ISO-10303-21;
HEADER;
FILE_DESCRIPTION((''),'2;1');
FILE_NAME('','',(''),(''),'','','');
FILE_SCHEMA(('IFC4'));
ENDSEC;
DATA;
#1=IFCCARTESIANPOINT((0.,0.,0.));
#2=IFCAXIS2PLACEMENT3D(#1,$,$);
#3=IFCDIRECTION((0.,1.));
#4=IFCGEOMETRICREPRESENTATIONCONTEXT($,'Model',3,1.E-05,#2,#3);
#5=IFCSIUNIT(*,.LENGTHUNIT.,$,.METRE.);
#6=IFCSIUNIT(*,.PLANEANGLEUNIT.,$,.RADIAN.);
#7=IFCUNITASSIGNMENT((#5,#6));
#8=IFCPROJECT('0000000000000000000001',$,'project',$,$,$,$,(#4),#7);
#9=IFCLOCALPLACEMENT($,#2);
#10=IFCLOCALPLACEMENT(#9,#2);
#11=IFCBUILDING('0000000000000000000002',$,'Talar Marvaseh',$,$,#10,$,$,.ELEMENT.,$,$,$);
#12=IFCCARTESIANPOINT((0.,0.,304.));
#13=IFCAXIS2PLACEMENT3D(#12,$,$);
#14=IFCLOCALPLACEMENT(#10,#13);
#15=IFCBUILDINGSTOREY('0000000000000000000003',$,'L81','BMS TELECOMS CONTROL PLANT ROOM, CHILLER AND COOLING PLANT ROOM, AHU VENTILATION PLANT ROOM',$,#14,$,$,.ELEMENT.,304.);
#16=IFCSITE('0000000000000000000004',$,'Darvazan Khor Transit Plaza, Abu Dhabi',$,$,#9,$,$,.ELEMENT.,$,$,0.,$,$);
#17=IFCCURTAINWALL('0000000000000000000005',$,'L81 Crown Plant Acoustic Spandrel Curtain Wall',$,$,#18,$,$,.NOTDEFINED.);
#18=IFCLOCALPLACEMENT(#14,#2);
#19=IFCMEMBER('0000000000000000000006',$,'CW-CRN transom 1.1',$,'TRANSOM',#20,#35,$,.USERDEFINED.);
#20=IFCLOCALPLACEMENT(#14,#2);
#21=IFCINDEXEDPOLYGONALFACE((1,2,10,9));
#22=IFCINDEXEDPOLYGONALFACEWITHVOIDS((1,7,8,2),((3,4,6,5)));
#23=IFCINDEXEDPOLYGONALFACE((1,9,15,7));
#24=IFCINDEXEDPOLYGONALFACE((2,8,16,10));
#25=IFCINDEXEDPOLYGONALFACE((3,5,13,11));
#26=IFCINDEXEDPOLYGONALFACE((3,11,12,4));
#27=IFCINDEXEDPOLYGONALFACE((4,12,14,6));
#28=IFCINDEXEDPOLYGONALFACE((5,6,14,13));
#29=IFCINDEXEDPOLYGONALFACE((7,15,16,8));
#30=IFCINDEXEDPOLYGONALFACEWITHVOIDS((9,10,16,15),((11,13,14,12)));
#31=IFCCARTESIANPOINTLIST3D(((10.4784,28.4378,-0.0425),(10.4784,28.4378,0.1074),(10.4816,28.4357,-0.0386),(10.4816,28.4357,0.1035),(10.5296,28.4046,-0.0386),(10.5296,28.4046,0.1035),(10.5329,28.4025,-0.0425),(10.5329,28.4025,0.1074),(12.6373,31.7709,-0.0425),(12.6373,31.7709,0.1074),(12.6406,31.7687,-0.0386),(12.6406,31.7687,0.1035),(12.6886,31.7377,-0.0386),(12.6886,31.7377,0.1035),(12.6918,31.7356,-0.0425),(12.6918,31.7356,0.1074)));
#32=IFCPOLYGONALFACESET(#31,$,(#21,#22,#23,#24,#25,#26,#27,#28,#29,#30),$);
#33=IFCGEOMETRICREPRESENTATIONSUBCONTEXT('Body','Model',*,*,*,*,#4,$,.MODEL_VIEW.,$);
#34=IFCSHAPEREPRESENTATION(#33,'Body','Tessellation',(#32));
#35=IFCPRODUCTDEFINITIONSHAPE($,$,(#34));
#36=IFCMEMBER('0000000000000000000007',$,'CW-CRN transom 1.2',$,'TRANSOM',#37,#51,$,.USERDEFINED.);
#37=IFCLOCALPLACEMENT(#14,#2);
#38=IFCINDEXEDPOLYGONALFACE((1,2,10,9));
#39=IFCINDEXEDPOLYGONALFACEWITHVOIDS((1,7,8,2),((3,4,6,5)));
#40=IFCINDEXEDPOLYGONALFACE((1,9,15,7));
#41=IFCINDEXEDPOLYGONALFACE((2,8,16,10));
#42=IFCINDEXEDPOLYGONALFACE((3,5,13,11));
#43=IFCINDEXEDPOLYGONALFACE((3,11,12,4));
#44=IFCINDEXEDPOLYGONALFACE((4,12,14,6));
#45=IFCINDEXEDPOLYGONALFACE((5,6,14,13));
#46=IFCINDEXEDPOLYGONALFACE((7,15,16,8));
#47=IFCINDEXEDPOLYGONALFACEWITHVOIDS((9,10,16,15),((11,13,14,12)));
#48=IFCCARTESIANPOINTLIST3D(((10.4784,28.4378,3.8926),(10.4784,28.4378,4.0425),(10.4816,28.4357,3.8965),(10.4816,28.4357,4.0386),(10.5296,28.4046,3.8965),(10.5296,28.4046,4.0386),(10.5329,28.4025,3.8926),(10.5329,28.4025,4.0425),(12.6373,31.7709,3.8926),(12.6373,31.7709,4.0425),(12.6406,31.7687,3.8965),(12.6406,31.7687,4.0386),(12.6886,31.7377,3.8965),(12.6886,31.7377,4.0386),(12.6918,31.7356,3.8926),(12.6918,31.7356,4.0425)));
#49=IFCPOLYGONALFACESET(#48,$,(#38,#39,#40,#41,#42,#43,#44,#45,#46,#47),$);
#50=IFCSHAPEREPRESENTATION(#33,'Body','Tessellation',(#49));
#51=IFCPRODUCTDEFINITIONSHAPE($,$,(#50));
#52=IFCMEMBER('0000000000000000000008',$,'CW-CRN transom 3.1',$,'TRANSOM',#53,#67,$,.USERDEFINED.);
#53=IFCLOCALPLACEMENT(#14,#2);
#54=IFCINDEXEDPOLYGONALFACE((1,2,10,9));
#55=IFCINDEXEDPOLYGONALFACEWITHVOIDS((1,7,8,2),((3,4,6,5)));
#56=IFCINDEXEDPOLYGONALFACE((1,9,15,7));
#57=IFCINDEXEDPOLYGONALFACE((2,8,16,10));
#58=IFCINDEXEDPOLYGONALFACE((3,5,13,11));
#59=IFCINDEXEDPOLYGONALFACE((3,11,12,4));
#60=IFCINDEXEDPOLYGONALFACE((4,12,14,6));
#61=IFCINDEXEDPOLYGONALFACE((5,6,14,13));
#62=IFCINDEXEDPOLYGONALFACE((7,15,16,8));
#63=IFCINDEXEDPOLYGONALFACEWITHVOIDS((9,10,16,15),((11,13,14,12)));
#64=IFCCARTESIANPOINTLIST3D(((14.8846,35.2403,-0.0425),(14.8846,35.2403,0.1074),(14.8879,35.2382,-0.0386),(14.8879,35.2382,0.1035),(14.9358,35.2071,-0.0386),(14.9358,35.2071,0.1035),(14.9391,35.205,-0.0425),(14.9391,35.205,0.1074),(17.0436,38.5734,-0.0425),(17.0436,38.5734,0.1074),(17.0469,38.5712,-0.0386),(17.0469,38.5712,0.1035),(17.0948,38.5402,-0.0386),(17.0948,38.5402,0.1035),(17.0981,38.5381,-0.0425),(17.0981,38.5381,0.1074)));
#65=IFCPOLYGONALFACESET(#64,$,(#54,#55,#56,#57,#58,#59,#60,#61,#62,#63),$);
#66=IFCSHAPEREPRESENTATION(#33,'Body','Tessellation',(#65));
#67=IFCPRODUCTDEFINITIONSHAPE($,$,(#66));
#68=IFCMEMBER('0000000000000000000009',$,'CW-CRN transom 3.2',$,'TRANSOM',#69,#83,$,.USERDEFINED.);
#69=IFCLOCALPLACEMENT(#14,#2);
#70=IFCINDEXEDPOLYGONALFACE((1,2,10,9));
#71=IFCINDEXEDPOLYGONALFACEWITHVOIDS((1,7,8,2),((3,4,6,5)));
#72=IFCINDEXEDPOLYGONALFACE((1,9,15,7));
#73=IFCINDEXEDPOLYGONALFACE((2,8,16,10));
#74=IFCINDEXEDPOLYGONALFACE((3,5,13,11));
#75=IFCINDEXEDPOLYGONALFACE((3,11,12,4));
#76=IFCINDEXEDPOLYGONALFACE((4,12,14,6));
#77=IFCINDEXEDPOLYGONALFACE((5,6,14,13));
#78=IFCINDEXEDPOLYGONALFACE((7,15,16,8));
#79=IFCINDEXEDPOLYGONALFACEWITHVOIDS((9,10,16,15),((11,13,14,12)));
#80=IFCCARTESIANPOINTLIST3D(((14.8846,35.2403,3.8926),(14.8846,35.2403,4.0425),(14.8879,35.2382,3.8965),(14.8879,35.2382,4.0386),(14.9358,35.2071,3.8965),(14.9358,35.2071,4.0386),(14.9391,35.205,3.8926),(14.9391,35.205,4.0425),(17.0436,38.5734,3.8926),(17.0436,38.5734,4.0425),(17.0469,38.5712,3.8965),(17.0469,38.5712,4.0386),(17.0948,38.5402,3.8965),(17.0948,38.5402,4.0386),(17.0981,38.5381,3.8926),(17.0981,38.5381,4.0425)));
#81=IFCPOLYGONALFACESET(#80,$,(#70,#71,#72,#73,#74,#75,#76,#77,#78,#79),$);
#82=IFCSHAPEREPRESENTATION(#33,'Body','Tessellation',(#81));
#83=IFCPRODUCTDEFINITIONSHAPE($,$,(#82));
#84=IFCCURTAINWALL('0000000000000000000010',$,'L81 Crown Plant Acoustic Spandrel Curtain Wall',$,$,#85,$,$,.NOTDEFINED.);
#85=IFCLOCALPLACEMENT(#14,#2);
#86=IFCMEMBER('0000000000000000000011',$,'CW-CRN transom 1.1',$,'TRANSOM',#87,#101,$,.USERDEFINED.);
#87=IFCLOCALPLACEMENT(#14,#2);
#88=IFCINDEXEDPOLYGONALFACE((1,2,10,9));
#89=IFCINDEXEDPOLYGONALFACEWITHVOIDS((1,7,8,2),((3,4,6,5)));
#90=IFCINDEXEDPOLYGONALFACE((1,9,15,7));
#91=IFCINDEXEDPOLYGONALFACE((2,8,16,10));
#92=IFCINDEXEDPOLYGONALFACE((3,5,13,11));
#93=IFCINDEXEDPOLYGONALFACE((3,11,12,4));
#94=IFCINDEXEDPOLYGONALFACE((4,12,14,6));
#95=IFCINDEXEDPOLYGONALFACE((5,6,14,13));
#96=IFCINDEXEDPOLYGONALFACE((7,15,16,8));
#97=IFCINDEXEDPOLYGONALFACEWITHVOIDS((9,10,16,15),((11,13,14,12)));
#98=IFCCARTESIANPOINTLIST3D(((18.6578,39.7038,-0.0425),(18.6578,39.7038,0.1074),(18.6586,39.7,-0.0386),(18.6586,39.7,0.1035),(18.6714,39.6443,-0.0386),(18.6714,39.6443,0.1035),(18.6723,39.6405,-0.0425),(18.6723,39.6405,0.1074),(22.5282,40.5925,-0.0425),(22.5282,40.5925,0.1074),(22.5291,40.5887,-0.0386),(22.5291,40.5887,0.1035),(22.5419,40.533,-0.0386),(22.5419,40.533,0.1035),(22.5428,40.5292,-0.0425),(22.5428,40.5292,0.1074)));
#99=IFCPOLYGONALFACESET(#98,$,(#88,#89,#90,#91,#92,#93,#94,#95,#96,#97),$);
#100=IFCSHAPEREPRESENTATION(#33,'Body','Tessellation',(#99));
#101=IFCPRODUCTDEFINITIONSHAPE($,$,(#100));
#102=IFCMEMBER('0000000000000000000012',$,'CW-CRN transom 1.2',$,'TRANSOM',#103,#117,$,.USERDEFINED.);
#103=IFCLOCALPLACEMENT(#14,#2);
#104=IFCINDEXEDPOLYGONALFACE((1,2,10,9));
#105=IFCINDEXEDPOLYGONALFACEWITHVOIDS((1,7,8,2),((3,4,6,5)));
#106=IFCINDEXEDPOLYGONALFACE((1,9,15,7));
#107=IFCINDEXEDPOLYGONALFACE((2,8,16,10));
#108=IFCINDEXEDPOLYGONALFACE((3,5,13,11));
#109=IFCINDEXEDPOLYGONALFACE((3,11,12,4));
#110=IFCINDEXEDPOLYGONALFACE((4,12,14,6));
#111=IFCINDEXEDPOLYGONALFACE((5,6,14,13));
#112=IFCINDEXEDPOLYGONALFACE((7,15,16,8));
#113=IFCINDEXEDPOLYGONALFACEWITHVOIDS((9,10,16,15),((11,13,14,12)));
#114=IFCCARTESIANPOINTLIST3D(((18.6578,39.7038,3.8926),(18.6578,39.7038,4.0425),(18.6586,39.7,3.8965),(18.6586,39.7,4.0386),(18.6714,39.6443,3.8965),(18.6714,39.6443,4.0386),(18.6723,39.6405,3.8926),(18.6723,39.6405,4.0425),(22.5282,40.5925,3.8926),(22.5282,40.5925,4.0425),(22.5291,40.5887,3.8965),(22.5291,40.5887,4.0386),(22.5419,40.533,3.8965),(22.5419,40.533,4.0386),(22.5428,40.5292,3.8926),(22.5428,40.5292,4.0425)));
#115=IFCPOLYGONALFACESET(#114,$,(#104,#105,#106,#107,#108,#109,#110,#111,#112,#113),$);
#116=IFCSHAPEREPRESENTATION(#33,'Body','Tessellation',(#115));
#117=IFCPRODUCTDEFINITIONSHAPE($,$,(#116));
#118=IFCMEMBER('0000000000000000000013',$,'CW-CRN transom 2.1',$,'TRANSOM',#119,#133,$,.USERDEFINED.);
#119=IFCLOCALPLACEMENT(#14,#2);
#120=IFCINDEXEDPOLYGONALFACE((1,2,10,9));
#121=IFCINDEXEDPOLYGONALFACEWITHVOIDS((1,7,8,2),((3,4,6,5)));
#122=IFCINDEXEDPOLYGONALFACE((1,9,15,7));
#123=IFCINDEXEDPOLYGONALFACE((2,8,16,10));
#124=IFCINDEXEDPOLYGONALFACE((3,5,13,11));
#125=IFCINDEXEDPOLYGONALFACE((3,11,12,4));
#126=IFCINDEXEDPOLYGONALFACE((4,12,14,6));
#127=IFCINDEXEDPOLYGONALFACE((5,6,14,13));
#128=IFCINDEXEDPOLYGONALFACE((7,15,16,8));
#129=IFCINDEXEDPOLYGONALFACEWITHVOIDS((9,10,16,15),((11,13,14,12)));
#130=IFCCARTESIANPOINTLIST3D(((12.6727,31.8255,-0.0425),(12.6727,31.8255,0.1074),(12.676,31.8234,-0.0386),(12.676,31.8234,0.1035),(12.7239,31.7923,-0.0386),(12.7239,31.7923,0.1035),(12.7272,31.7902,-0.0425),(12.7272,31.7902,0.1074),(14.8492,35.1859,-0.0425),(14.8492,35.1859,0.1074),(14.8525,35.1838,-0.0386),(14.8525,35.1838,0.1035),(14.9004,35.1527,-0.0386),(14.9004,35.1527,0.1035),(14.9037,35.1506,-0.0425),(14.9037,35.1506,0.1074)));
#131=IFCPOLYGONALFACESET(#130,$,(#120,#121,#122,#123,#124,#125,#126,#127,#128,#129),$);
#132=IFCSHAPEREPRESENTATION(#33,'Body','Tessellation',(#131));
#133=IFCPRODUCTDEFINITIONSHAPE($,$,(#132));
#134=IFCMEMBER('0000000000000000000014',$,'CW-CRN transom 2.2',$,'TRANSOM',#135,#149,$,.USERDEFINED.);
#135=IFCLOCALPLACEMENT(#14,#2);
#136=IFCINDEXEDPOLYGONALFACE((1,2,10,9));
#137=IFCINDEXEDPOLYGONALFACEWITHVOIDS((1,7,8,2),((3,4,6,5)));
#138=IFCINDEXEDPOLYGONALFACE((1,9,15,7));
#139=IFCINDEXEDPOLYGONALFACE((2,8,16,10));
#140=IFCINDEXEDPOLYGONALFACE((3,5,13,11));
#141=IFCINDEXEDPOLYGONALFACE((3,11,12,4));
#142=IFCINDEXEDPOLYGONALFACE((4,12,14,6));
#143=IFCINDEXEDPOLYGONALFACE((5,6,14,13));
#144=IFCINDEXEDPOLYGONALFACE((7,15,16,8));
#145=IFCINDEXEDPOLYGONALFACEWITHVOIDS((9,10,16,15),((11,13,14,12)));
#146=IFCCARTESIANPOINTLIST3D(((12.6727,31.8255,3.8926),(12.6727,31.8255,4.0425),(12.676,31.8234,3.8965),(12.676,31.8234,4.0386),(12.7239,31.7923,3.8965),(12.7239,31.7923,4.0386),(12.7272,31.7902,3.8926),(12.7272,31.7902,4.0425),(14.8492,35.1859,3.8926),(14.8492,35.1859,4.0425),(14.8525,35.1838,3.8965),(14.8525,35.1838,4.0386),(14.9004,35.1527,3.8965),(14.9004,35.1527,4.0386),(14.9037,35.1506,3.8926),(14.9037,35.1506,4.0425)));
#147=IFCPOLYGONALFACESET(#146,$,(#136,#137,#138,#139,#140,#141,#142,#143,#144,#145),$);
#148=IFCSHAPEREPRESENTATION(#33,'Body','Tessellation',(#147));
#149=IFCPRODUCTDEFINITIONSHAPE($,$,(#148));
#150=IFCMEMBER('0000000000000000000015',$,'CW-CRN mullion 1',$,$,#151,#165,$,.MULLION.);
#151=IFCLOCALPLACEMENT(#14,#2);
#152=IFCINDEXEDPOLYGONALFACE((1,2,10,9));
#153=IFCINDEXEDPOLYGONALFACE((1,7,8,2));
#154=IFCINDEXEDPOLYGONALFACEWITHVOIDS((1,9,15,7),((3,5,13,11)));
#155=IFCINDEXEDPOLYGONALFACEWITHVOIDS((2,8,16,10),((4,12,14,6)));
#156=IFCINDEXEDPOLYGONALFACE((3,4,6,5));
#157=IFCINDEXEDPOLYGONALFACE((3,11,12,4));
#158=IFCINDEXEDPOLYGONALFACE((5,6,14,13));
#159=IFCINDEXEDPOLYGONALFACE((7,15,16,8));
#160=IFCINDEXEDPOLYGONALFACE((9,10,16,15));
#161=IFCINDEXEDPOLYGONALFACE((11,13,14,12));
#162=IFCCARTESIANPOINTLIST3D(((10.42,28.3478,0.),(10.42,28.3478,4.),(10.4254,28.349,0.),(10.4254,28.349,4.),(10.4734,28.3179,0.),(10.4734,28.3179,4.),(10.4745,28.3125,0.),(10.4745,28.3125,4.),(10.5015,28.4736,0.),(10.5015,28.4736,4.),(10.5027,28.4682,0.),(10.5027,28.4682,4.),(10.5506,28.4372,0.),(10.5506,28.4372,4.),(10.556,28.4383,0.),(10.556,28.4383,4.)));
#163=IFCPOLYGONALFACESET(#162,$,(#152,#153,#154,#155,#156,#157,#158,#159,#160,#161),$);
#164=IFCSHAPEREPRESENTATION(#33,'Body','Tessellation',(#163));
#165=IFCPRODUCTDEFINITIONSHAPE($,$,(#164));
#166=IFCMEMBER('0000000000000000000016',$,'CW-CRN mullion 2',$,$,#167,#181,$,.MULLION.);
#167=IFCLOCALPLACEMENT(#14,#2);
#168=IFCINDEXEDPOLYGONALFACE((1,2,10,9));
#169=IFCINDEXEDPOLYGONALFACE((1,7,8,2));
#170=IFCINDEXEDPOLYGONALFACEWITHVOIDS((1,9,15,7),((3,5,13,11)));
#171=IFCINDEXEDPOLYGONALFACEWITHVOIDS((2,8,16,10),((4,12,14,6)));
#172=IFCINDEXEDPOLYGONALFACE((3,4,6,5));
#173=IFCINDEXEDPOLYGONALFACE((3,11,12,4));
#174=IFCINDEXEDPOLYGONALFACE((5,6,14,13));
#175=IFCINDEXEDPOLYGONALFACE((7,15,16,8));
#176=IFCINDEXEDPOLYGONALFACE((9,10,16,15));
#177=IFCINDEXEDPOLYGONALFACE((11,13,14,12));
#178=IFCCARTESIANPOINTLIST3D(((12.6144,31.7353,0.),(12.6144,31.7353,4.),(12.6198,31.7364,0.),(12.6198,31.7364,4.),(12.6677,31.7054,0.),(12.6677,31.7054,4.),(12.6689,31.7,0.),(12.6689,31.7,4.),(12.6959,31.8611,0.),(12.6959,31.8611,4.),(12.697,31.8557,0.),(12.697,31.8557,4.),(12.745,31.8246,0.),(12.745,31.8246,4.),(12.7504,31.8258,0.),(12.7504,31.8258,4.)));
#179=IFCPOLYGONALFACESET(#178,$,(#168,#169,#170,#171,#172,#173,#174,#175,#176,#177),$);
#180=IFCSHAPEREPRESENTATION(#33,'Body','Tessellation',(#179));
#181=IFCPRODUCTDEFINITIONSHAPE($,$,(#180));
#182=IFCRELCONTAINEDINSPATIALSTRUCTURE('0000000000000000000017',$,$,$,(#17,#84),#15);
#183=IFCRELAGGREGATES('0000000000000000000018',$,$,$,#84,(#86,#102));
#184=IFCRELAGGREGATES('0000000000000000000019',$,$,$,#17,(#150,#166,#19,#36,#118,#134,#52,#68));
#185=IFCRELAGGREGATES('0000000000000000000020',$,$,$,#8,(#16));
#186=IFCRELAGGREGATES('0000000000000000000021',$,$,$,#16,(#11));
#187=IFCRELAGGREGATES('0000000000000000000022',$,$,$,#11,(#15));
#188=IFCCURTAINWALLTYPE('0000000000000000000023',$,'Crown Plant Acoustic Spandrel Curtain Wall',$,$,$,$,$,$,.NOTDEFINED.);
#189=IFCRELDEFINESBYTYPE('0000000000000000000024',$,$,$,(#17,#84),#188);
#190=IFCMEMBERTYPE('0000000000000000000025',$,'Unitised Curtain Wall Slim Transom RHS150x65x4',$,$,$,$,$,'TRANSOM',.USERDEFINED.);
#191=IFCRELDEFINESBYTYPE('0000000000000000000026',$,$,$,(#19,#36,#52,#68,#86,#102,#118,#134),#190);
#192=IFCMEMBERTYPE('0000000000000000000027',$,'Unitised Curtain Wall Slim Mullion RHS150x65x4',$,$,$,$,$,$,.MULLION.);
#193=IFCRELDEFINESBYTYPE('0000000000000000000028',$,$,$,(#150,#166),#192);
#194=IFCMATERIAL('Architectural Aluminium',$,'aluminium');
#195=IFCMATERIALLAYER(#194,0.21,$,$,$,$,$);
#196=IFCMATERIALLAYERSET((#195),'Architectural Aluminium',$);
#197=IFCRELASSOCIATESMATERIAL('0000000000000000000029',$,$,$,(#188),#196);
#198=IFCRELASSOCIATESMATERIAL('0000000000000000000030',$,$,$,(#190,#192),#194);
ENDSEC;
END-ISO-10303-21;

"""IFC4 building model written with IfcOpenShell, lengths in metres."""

from ifc_helpers import new_model, si_unit, direction, frame, origin, origin_2d, place, context, subcontext, project, spatial, hollow_rectangle, extrude, source, transform, mapped, material, layer, layer_set, material_profile, profile_set, type_object, type_shapes, element, aggregate, save


model = new_model("IFC4")

# Units and contexts
model_context = context("Model", 3, precision=1e-05, world=origin(), true_north=direction((0.0, 1.0)))
body_context = subcontext(model_context, "Body", "Model", "MODEL_VIEW")
ifc_project = project(units=[si_unit("LENGTHUNIT", "METRE"), si_unit("PLANEANGLEUNIT", "RADIAN")], contexts=[model_context])

# Site, building, storey
site_placement = place(None, origin())
site = spatial("IfcSite", under=ifc_project, at=site_placement, Name="Darvazan Khor Transit Plaza, Abu Dhabi", CompositionType="ELEMENT", RefElevation=0.0)
building_placement = place(site_placement, origin())
building = spatial("IfcBuilding", under=site, at=building_placement, Name="Talar Marvaseh", CompositionType="ELEMENT")
storey_placement = place(building_placement, frame((0.0, 0.0, 304.0)))
storey = spatial("IfcBuildingStorey", under=building, at=storey_placement, Name="L81", Description="BMS TELECOMS CONTROL PLANT ROOM, CHILLER AND COOLING PLANT ROOM, AHU VENTILATION PLANT ROOM", CompositionType="ELEMENT", Elevation=304.0)

# Curtain walls, members
ifc_material_1 = material(Name="Architectural Aluminium", Category="aluminium")
ifc_layer_1 = layer(ifc_material_1, 0.21)
ifc_layer_set_1 = layer_set([ifc_layer_1], Name="Architectural Aluminium")
curtain_wall_type = type_object("IfcCurtainWallType", Name="Crown Plant Acoustic Spandrel Curtain Wall", PredefinedType="NOTDEFINED", material=ifc_layer_set_1)
curtain_wall_1_placement = place(storey_placement, origin())
curtain_wall_1 = element("IfcCurtainWall", 1, at=curtain_wall_1_placement, inside=storey, type_object=curtain_wall_type, Name="L81 Crown Plant Acoustic Spandrel Curtain Wall", PredefinedType="NOTDEFINED")
ifc_material_profile_1 = material_profile(ifc_material_1, hollow_rectangle(XDim=0.0649, YDim=0.1499, WallThickness=0.0039, at=origin_2d()), Name="RHS150x65x4")
ifc_profile_set_1 = profile_set([ifc_material_profile_1], Name="Architectural Aluminium")
member_type_1 = type_object("IfcMemberType", Name="Unitised Curtain Wall Slim Transom RHS150x65x4", ElementType="TRANSOM", PredefinedType="USERDEFINED", material=ifc_profile_set_1)
shared_shape_1 = source(origin(), body_context, "Body", "SweptSolid", [
    extrude(hollow_rectangle(XDim=0.0649, YDim=0.1499, WallThickness=0.0039, at=origin_2d()), origin(), (0.0, 0.0, 1.0), 3.9712),
])
member_1_placement = place(storey_placement, frame((10.5056, 28.4202, 0.0325), z_axis=(0.543657, 0.839308, 0.0), x_axis=(-0.839308, 0.543657, 0.0)))
member_1 = element("IfcMember", 2, at=member_1_placement, type_object=member_type_1, Name="CW-CRN transom 1.1", ObjectType="TRANSOM", PredefinedType="USERDEFINED", context=body_context, shape_type="MappedRepresentation", body=[
    mapped(shared_shape_1, transform((0.0, 0.0, 0.0), x_axis=(1.0, 0.0, 0.0), y_axis=(0.0, 1.0, 0.0), z_axis=(0.0, 0.0, 1.0), scale=1.0)),
])
member_2_placement = place(storey_placement, frame((10.5056, 28.4202, 3.9675), z_axis=(0.543657, 0.839308, 0.0), x_axis=(-0.839308, 0.543657, 0.0)))
member_2 = element("IfcMember", 3, at=member_2_placement, type_object=member_type_1, Name="CW-CRN transom 1.2", ObjectType="TRANSOM", PredefinedType="USERDEFINED", context=body_context, shape_type="MappedRepresentation", body=[
    mapped(shared_shape_1, transform((0.0, 0.0, 0.0), x_axis=(1.0, 0.0, 0.0), y_axis=(0.0, 1.0, 0.0), z_axis=(0.0, 0.0, 1.0), scale=1.0)),
])
member_3_placement = place(storey_placement, frame((14.9119, 35.2227, 0.0325), z_axis=(0.543657, 0.839308, 0.0), x_axis=(-0.839308, 0.543657, 0.0)))
member_3 = element("IfcMember", 4, at=member_3_placement, type_object=member_type_1, Name="CW-CRN transom 3.1", ObjectType="TRANSOM", PredefinedType="USERDEFINED", context=body_context, shape_type="MappedRepresentation", body=[
    mapped(shared_shape_1, transform((0.0, 0.0, 0.0), x_axis=(1.0, 0.0, 0.0), y_axis=(0.0, 1.0, 0.0), z_axis=(0.0, 0.0, 1.0), scale=1.0)),
])
member_4_placement = place(storey_placement, frame((14.9119, 35.2227, 3.9675), z_axis=(0.543657, 0.839308, 0.0), x_axis=(-0.839308, 0.543657, 0.0)))
member_4 = element("IfcMember", 5, at=member_4_placement, type_object=member_type_1, Name="CW-CRN transom 3.2", ObjectType="TRANSOM", PredefinedType="USERDEFINED", context=body_context, shape_type="MappedRepresentation", body=[
    mapped(shared_shape_1, transform((0.0, 0.0, 0.0), x_axis=(1.0, 0.0, 0.0), y_axis=(0.0, 1.0, 0.0), z_axis=(0.0, 0.0, 1.0), scale=1.0)),
])
curtain_wall_2_placement = place(storey_placement, origin())
curtain_wall_2 = element("IfcCurtainWall", 6, at=curtain_wall_2_placement, inside=storey, type_object=curtain_wall_type, Name="L81 Crown Plant Acoustic Spandrel Curtain Wall", PredefinedType="NOTDEFINED")
member_5_placement = place(storey_placement, frame((18.665, 39.6721, 0.0325), z_axis=(0.974638, 0.223786, 0.0), x_axis=(-0.223786, 0.974638, 0.0)))
member_5 = element("IfcMember", 7, at=member_5_placement, type_object=member_type_1, Name="CW-CRN transom 1.1", ObjectType="TRANSOM", PredefinedType="USERDEFINED", context=body_context, shape_type="MappedRepresentation", body=[
    mapped(shared_shape_1, transform((0.0, 0.0, 0.0), x_axis=(1.0, 0.0, 0.0), y_axis=(0.0, 1.0, 0.0), z_axis=(0.0, 0.0, 1.0), scale=1.0)),
])
member_6_placement = place(storey_placement, frame((18.665, 39.6721, 3.9675), z_axis=(0.974638, 0.223786, 0.0), x_axis=(-0.223786, 0.974638, 0.0)))
member_6 = element("IfcMember", 8, at=member_6_placement, type_object=member_type_1, Name="CW-CRN transom 1.2", ObjectType="TRANSOM", PredefinedType="USERDEFINED", context=body_context, shape_type="MappedRepresentation", body=[
    mapped(shared_shape_1, transform((0.0, 0.0, 0.0), x_axis=(1.0, 0.0, 0.0), y_axis=(0.0, 1.0, 0.0), z_axis=(0.0, 0.0, 1.0), scale=1.0)),
])

# Members
shared_shape_2 = source(origin(), body_context, "Body", "SweptSolid", [
    extrude(hollow_rectangle(XDim=0.0649, YDim=0.1499, WallThickness=0.0039, at=origin_2d()), origin(), (0.0, 0.0, 1.0), 4.0037),
])
type_shapes(member_type_1, [shared_shape_1, shared_shape_2])
member_7_placement = place(storey_placement, frame((12.7, 31.8079, 0.0325), z_axis=(0.543633, 0.839323, 0.0), x_axis=(-0.839323, 0.543633, 0.0)))
member_7 = element("IfcMember", 9, at=member_7_placement, type_object=member_type_1, Name="CW-CRN transom 2.1", ObjectType="TRANSOM", PredefinedType="USERDEFINED", context=body_context, shape_type="MappedRepresentation", body=[
    mapped(shared_shape_2, transform((0.0, 0.0, 0.0), x_axis=(1.0, 0.0, 0.0), y_axis=(0.0, 1.0, 0.0), z_axis=(0.0, 0.0, 1.0), scale=1.0)),
])
member_8_placement = place(storey_placement, frame((12.7, 31.8079, 3.9675), z_axis=(0.543633, 0.839323, 0.0), x_axis=(-0.839323, 0.543633, 0.0)))
member_8 = element("IfcMember", 10, at=member_8_placement, type_object=member_type_1, Name="CW-CRN transom 2.2", ObjectType="TRANSOM", PredefinedType="USERDEFINED", context=body_context, shape_type="MappedRepresentation", body=[
    mapped(shared_shape_2, transform((0.0, 0.0, 0.0), x_axis=(1.0, 0.0, 0.0), y_axis=(0.0, 1.0, 0.0), z_axis=(0.0, 0.0, 1.0), scale=1.0)),
])
ifc_material_profile_2 = material_profile(ifc_material_1, hollow_rectangle(XDim=0.0649, YDim=0.1499, WallThickness=0.0039, at=origin_2d()), Name="RHS150x65x4")
ifc_profile_set_2 = profile_set([ifc_material_profile_2], Name="Architectural Aluminium")
member_type_2 = type_object("IfcMemberType", Name="Unitised Curtain Wall Slim Mullion RHS150x65x4", PredefinedType="MULLION", material=ifc_profile_set_2)
shared_shape_3 = source(origin(), body_context, "Body", "SweptSolid", [
    extrude(hollow_rectangle(XDim=0.0649, YDim=0.1499, WallThickness=0.0039, at=origin_2d()), origin(), (0.0, 0.0, 1.0), 4.0),
])
type_shapes(member_type_2, [shared_shape_3])
member_9_placement = place(storey_placement, frame((10.488, 28.3931, 0.0), z_axis=(0.0, 0.0, 1.0), x_axis=(-0.839314, 0.543646, 0.0)))
member_9 = element("IfcMember", 11, at=member_9_placement, type_object=member_type_2, Name="CW-CRN mullion 1", PredefinedType="MULLION", context=body_context, shape_type="MappedRepresentation", body=[
    mapped(shared_shape_3, transform((0.0, 0.0, 0.0), x_axis=(1.0, 0.0, 0.0), y_axis=(0.0, 1.0, 0.0), z_axis=(0.0, 0.0, 1.0), scale=1.0)),
])
member_10_placement = place(storey_placement, frame((12.6824, 31.7805, 0.0), z_axis=(0.0, 0.0, 1.0), x_axis=(-0.839314, 0.543646, 0.0)))
member_10 = element("IfcMember", 12, at=member_10_placement, type_object=member_type_2, Name="CW-CRN mullion 2", PredefinedType="MULLION", context=body_context, shape_type="MappedRepresentation", body=[
    mapped(shared_shape_3, transform((0.0, 0.0, 0.0), x_axis=(1.0, 0.0, 0.0), y_axis=(0.0, 1.0, 0.0), z_axis=(0.0, 0.0, 1.0), scale=1.0)),
])
aggregate(curtain_wall_2, [member_5, member_6])

aggregate(curtain_wall_1, [member_9, member_10, member_1, member_2, member_7, member_8, member_3, member_4])

save(model, "model.ifc")
